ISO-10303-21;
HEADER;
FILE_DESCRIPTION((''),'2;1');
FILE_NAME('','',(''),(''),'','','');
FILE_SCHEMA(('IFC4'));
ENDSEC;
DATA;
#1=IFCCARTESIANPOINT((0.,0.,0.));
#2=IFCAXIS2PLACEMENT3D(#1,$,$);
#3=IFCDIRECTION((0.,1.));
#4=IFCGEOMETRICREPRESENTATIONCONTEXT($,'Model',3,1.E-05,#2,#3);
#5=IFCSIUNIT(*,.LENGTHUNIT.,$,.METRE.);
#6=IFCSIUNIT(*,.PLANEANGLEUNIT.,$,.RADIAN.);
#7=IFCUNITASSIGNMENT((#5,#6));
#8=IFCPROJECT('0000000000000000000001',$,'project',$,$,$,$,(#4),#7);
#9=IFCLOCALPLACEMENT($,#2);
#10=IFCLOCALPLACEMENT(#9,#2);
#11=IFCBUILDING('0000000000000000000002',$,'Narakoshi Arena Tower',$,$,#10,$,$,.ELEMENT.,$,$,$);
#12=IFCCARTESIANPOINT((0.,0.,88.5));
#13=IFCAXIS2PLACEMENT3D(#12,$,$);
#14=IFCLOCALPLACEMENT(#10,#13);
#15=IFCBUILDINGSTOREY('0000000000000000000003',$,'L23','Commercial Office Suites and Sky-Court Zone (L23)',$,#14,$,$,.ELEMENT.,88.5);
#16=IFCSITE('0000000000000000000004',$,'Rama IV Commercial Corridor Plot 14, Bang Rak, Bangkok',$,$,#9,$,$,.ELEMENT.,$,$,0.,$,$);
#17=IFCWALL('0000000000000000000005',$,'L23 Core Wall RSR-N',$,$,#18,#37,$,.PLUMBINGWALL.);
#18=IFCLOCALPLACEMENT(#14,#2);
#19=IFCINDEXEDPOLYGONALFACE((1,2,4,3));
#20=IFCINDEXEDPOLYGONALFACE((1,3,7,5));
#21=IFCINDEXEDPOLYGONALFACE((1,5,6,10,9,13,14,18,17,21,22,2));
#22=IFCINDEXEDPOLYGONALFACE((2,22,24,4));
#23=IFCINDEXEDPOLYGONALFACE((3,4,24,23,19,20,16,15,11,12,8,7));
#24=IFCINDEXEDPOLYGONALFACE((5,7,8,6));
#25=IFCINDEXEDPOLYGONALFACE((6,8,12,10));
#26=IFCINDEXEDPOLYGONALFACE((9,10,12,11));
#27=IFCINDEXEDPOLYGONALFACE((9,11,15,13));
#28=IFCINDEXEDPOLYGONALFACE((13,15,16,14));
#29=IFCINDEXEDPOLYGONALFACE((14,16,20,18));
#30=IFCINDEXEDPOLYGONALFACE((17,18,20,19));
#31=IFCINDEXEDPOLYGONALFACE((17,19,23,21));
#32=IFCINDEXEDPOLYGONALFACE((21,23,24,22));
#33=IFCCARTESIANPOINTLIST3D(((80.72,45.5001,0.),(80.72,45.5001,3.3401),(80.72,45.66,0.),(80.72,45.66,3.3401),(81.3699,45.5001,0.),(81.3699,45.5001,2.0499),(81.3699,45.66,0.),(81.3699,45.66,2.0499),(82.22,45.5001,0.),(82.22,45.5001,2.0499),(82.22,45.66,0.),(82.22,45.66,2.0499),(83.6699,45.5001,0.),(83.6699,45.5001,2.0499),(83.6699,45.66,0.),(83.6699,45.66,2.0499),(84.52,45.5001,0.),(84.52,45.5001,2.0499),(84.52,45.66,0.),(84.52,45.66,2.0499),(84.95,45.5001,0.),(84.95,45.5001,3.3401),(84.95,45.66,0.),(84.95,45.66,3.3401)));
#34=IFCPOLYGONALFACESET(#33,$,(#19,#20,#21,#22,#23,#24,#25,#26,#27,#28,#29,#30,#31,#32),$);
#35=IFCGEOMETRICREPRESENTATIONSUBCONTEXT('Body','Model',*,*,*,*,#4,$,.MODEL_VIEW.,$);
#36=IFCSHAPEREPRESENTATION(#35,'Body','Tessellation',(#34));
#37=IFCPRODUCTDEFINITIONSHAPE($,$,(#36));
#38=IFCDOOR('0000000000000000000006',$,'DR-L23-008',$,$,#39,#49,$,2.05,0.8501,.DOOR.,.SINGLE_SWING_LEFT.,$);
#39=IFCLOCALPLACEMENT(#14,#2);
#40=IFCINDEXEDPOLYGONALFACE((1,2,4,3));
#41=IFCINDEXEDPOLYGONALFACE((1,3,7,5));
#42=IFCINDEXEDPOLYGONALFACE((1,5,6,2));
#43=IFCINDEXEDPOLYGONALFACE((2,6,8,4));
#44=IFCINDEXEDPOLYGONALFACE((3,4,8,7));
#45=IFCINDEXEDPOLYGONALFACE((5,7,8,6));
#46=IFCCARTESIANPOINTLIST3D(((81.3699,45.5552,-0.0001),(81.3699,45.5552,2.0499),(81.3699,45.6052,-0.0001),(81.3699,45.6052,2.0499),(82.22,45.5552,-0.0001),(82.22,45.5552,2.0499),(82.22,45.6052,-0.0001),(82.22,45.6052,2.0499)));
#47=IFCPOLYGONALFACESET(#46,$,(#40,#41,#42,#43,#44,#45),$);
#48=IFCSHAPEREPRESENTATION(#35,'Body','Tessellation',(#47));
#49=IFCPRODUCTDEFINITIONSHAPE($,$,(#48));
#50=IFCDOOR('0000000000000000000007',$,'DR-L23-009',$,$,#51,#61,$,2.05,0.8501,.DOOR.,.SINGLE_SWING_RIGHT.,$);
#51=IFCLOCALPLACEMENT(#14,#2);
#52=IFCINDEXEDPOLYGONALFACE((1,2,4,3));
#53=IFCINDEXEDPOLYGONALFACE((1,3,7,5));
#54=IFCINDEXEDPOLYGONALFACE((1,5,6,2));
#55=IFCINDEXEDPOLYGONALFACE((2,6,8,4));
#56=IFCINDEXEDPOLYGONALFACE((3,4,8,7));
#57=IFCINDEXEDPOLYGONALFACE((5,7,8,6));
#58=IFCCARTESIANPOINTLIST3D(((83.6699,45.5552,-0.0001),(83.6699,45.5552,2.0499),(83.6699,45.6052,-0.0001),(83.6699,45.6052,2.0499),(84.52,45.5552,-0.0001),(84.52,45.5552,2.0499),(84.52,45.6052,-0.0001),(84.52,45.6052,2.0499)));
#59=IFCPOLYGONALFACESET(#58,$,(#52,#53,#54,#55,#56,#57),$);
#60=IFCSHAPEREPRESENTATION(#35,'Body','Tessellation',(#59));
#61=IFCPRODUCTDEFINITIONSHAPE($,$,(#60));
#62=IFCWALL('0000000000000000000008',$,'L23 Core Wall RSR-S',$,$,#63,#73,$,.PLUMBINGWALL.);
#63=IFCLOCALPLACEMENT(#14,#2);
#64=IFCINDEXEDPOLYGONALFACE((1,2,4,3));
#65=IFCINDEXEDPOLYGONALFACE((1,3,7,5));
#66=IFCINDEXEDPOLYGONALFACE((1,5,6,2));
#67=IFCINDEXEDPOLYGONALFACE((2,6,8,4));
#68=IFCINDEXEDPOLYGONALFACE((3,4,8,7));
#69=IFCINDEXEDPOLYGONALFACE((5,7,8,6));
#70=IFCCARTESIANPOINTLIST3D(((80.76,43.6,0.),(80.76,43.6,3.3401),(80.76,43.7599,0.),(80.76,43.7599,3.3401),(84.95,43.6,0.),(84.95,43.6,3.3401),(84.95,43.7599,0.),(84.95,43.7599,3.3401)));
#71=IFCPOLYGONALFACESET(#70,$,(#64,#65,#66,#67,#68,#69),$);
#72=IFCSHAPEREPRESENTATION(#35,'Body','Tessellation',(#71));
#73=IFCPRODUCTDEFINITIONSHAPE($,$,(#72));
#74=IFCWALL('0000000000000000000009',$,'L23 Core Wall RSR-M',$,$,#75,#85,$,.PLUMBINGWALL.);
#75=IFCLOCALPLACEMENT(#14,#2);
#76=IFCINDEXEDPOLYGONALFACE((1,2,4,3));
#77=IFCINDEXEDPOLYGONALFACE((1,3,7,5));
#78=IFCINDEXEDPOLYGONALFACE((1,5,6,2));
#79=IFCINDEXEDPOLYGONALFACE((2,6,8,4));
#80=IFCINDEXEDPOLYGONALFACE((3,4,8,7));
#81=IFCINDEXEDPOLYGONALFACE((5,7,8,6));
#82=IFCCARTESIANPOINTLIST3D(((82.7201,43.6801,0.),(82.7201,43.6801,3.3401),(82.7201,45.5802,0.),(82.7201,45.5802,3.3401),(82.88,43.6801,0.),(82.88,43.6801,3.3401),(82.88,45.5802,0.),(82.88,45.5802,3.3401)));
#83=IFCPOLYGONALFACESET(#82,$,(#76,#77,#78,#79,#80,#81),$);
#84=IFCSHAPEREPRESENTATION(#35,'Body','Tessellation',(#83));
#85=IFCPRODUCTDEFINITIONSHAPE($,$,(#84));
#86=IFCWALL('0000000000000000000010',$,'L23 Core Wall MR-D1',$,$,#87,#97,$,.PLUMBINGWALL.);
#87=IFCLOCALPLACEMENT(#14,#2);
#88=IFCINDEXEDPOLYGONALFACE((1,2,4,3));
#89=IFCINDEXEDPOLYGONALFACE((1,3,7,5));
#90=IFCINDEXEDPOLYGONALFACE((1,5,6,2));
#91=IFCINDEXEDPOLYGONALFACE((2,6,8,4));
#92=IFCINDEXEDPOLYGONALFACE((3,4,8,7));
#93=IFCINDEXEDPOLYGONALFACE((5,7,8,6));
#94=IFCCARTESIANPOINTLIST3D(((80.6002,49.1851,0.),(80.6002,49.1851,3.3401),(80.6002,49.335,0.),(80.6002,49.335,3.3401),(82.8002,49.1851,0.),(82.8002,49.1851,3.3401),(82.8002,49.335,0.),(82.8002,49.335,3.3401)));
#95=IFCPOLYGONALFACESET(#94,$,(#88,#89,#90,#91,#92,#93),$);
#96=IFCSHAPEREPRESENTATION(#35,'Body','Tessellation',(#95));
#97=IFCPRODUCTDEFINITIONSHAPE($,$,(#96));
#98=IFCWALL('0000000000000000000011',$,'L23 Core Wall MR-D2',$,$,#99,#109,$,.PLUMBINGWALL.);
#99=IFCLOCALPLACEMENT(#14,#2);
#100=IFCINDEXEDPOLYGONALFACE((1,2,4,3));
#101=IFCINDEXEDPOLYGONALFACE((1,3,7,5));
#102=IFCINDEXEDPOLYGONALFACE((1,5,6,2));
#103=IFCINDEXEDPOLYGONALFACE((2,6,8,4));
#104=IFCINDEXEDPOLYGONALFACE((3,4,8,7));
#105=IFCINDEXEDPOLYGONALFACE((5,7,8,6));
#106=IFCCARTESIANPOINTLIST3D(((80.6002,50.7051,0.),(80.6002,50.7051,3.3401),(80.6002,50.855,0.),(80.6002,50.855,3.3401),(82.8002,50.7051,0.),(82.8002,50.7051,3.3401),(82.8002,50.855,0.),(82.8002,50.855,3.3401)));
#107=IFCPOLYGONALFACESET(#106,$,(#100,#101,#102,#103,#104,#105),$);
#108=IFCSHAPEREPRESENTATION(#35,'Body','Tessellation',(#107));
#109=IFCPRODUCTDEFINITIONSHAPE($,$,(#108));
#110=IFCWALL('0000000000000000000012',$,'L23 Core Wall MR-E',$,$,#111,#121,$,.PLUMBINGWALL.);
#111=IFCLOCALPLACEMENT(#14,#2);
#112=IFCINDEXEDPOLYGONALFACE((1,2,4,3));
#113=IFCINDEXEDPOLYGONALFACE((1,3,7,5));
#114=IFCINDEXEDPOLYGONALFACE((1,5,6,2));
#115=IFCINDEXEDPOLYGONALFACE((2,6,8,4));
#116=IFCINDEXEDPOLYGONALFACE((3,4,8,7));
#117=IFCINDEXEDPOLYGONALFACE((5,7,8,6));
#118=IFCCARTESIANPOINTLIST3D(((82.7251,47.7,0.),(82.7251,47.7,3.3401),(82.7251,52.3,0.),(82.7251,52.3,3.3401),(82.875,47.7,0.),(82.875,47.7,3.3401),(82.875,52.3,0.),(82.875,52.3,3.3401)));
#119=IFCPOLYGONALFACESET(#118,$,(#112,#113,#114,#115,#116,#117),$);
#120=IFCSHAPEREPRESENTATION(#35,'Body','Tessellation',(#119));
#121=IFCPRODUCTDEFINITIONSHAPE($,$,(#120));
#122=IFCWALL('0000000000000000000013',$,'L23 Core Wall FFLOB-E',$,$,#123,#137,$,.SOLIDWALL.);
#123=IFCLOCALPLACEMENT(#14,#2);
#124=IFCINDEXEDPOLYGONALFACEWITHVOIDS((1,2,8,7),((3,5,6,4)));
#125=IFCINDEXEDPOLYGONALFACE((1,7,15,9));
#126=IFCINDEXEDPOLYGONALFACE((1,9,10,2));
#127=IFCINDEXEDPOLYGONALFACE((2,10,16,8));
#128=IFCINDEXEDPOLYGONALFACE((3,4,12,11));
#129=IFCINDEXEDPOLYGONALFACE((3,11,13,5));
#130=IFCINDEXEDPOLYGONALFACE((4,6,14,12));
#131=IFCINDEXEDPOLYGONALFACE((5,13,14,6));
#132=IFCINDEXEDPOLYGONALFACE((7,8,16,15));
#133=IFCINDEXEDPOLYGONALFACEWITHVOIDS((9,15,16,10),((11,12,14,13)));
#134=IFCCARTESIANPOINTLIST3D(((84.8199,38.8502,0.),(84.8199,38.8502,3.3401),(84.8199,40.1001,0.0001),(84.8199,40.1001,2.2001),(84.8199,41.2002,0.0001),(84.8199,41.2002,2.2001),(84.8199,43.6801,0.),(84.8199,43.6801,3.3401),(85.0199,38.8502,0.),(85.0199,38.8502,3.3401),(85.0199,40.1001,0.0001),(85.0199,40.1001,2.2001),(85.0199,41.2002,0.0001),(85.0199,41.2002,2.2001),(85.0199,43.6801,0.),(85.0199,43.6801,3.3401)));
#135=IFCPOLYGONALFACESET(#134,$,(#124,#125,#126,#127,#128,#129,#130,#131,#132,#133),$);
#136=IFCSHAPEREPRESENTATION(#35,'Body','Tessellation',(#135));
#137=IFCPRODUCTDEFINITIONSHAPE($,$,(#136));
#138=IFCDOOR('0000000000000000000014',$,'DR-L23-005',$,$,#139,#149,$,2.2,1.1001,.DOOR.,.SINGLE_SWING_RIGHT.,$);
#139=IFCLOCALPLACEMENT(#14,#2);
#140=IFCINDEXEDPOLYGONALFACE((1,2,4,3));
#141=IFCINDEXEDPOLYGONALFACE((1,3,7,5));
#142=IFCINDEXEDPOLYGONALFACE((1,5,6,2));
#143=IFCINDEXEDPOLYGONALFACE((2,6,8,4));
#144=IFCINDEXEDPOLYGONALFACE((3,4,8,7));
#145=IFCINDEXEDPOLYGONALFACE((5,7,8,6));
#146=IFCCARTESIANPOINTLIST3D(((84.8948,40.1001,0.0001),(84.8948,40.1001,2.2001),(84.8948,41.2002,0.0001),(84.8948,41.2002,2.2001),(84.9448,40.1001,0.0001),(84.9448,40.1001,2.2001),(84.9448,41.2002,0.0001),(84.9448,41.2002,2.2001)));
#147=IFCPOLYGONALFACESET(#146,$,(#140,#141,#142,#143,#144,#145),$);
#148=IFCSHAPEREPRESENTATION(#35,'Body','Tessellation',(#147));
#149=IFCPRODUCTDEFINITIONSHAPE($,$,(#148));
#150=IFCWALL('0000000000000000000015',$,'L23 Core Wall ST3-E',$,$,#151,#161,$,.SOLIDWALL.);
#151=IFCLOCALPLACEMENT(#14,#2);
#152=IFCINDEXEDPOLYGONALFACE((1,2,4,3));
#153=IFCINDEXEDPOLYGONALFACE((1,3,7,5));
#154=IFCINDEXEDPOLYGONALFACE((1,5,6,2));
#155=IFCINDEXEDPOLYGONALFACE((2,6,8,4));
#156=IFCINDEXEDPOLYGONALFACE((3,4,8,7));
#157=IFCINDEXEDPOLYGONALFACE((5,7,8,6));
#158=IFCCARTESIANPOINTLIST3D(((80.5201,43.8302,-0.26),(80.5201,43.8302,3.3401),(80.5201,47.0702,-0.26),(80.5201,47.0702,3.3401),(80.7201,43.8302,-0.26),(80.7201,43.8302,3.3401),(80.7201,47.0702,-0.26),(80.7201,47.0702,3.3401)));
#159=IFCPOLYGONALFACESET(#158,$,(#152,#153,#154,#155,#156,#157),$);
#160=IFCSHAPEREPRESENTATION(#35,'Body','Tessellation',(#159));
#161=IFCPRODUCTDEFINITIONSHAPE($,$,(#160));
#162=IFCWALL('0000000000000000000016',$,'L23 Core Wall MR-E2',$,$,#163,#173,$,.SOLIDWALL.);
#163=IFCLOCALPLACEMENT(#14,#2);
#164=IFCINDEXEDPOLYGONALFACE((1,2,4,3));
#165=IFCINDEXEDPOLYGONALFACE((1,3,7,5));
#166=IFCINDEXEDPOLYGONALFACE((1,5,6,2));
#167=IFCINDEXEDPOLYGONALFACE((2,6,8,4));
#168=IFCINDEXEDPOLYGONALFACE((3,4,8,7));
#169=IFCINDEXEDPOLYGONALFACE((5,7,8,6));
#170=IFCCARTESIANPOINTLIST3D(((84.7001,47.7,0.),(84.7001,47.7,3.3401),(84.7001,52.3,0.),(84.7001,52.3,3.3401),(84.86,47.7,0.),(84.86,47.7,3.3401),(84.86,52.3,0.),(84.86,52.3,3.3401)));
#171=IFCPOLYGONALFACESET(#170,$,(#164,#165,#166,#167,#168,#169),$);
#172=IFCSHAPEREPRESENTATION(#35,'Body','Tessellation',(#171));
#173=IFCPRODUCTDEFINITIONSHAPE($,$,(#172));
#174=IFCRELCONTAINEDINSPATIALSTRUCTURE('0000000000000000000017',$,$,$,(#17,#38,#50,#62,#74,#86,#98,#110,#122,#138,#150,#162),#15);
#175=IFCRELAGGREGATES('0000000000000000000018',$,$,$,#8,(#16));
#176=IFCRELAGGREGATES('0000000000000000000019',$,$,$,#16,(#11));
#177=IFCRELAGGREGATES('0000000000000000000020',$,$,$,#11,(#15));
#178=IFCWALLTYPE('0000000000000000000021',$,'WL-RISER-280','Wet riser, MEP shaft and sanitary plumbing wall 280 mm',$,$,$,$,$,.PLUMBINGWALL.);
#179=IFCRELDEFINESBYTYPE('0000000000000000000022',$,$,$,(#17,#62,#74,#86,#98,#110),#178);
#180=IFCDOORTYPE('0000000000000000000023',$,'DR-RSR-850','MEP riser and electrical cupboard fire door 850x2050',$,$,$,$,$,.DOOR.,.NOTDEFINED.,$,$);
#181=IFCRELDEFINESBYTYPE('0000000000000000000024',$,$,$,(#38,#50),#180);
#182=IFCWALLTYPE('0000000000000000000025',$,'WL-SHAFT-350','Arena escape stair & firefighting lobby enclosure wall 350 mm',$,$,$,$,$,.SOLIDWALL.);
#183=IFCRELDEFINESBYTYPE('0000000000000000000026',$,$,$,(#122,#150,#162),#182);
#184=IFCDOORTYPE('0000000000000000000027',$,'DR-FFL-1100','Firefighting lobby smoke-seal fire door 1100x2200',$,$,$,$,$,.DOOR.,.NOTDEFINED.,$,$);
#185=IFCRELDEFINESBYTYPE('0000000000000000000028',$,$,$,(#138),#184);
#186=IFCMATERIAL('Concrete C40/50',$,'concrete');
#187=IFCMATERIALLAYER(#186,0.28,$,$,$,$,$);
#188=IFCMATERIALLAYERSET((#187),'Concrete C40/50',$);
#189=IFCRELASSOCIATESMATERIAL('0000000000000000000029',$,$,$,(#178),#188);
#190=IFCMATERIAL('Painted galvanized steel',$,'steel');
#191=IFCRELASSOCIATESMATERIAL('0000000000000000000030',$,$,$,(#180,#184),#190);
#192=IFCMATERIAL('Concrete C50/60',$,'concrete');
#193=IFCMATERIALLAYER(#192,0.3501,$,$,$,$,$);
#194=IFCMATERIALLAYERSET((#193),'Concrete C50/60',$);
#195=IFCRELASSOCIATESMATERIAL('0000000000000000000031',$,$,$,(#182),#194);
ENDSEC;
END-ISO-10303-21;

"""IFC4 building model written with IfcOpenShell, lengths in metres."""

from ifc_helpers import new_model, si_unit, direction, frame, frame_2d, origin, place, context, subcontext, project, spatial, rectangle, extrude, material, layer, layer_set, type_object, element, fill, save


model = new_model("IFC4")

# Units and contexts
model_context = context("Model", 3, precision=1e-05, world=origin(), true_north=direction((0.0, 1.0)))
body_context = subcontext(model_context, "Body", "Model", "MODEL_VIEW")
ifc_project = project(units=[si_unit("LENGTHUNIT", "METRE"), si_unit("PLANEANGLEUNIT", "RADIAN")], contexts=[model_context])

# Site, building, storey
site_placement = place(None, origin())
site = spatial("IfcSite", under=ifc_project, at=site_placement, Name="Rama IV Commercial Corridor Plot 14, Bang Rak, Bangkok", CompositionType="ELEMENT", RefElevation=0.0)
building_placement = place(site_placement, origin())
building = spatial("IfcBuilding", under=site, at=building_placement, Name="Narakoshi Arena Tower", CompositionType="ELEMENT")
storey_placement = place(building_placement, frame((0.0, 0.0, 88.5)))
storey = spatial("IfcBuildingStorey", under=building, at=storey_placement, Name="L23", Description="Commercial Office Suites and Sky-Court Zone (L23)", CompositionType="ELEMENT", Elevation=88.5)

# Shared definitions
ifc_material_1 = material(Name="Concrete C40/50", Category="concrete")
ifc_layer_1 = layer(ifc_material_1, 0.28)
ifc_layer_set_1 = layer_set([ifc_layer_1], Name="Concrete C40/50")
wall_type_1 = type_object("IfcWallType", Name="WL-RISER-280", Description="Wet riser, MEP shaft and sanitary plumbing wall 280 mm", PredefinedType="PLUMBINGWALL", material=ifc_layer_set_1)

# Wall, openings, doors
wall_1_placement = place(storey_placement, frame((80.72, 45.5801, 0.0), z_axis=(0.0, 0.0, 1.0), x_axis=(1.0, 0.0, 0.0)))
wall_1 = element("IfcWall", 1, at=wall_1_placement, inside=storey, type_object=wall_type_1, Name="L23 Core Wall RSR-N", PredefinedType="PLUMBINGWALL", context=body_context, shape_type="SweptSolid", body=[
    extrude(rectangle(XDim=4.23, YDim=0.1599, at=frame_2d((2.115, 0.0))), origin(), (0.0, 0.0, 1.0), 3.3401),
])
opening_1_placement = place(wall_1_placement, frame((0.6499, 0.0, 0.0)))
opening_1 = element("IfcOpeningElement", 2, at=opening_1_placement, cuts=wall_1, PredefinedType="OPENING", context=body_context, shape_type="SweptSolid", body=[
    extrude(rectangle(XDim=0.8501, YDim=2.05, at=frame_2d((0.425, 1.0249))), frame((0.0, 0.0898, 0.0), z_axis=(0.0, -1.0, 0.0), x_axis=(1.0, 0.0, 0.0)), (0.0, 0.0, 1.0), 0.1799),
])
opening_2_placement = place(wall_1_placement, frame((2.95, 0.0, 0.0)))
opening_2 = element("IfcOpeningElement", 3, at=opening_2_placement, cuts=wall_1, PredefinedType="OPENING", context=body_context, shape_type="SweptSolid", body=[
    extrude(rectangle(XDim=0.8501, YDim=2.05, at=frame_2d((0.425, 1.0249))), frame((0.0, 0.0898, 0.0), z_axis=(0.0, -1.0, 0.0), x_axis=(1.0, 0.0, 0.0)), (0.0, 0.0, 1.0), 0.1799),
])
ifc_material_2 = material(Name="Painted galvanized steel", Category="steel")
door_type_1 = type_object("IfcDoorType", Name="DR-RSR-850", Description="MEP riser and electrical cupboard fire door 850x2050", OperationType="NOTDEFINED", PredefinedType="DOOR", material=ifc_material_2)
door_1_placement = place(opening_1_placement, frame((0.8501, 0.0, 0.0), z_axis=(0.0, 0.0, 1.0), x_axis=(-1.0, 0.0, 0.0)))
door_1 = element("IfcDoor", 4, at=door_1_placement, inside=storey, type_object=door_type_1, Name="DR-L23-008", OperationType="SINGLE_SWING_LEFT", OverallHeight=2.05, OverallWidth=0.8501, PredefinedType="DOOR", context=body_context, shape_type="SweptSolid", body=[
    extrude(rectangle(XDim=0.8501, YDim=2.05, at=frame_2d((0.425, 1.0249))), frame((0.0, 0.0249, 0.0), z_axis=(0.0, -1.0, 0.0), x_axis=(1.0, 0.0, 0.0)), (0.0, 0.0, 1.0), 0.05),
])
fill(opening_1, door_1)
door_2_placement = place(opening_2_placement, frame((0.8501, 0.0, 0.0), z_axis=(0.0, 0.0, 1.0), x_axis=(-1.0, 0.0, 0.0)))
door_2 = element("IfcDoor", 5, at=door_2_placement, inside=storey, type_object=door_type_1, Name="DR-L23-009", OperationType="SINGLE_SWING_RIGHT", OverallHeight=2.05, OverallWidth=0.8501, PredefinedType="DOOR", context=body_context, shape_type="SweptSolid", body=[
    extrude(rectangle(XDim=0.8501, YDim=2.05, at=frame_2d((0.425, 1.0249))), frame((0.0, 0.0249, 0.0), z_axis=(0.0, -1.0, 0.0), x_axis=(1.0, 0.0, 0.0)), (0.0, 0.0, 1.0), 0.05),
])
fill(opening_2, door_2)

# Walls
wall_2_placement = place(storey_placement, frame((80.76, 43.6799, 0.0), z_axis=(0.0, 0.0, 1.0), x_axis=(1.0, 0.0, 0.0)))
element("IfcWall", 6, at=wall_2_placement, inside=storey, type_object=wall_type_1, Name="L23 Core Wall RSR-S", PredefinedType="PLUMBINGWALL", context=body_context, shape_type="SweptSolid", body=[
    extrude(rectangle(XDim=4.1899, YDim=0.1599, at=frame_2d((2.095, 0.0))), origin(), (0.0, 0.0, 1.0), 3.3401),
])
wall_3_placement = place(storey_placement, frame((82.8, 43.6799, 0.0), z_axis=(0.0, 0.0, 1.0), x_axis=(0.0, 1.0, 0.0)))
element("IfcWall", 7, at=wall_3_placement, inside=storey, type_object=wall_type_1, Name="L23 Core Wall RSR-M", PredefinedType="PLUMBINGWALL", context=body_context, shape_type="SweptSolid", body=[
    extrude(rectangle(XDim=1.9001, YDim=0.1599, at=frame_2d((0.9502, 0.0))), origin(), (0.0, 0.0, 1.0), 3.3401),
])
for number, where, z_axis, x_axis, name in (
    (8, (80.6001, 49.26, 0.0), (0.0, 0.0, 1.0), (1.0, 0.0, 0.0), "L23 Core Wall MR-D1"),
    (9, (80.6001, 50.78, 0.0), (0.0, 0.0, 1.0), (1.0, 0.0, 0.0), "L23 Core Wall MR-D2"),
):
    element("IfcWall", number, at=place(storey_placement, frame(where, z_axis=z_axis, x_axis=x_axis)), inside=storey, type_object=wall_type_1, Name=name, PredefinedType="PLUMBINGWALL", context=body_context, shape_type="SweptSolid", body=[
        extrude(rectangle(XDim=2.2, YDim=0.1499, at=frame_2d((1.1001, 0.0))), origin(), (0.0, 0.0, 1.0), 3.3401),
    ])
wall_4_placement = place(storey_placement, frame((82.8, 47.7, 0.0), z_axis=(0.0, 0.0, 1.0), x_axis=(0.0, 1.0, 0.0)))
element("IfcWall", 10, at=wall_4_placement, inside=storey, type_object=wall_type_1, Name="L23 Core Wall MR-E", PredefinedType="PLUMBINGWALL", context=body_context, shape_type="SweptSolid", body=[
    extrude(rectangle(XDim=4.6001, YDim=0.1499, at=frame_2d((2.3, 0.0))), origin(), (0.0, 0.0, 1.0), 3.3401),
])

# Wall, opening, door
ifc_material_3 = material(Name="Concrete C50/60", Category="concrete")
ifc_layer_2 = layer(ifc_material_3, 0.3501)
ifc_layer_set_2 = layer_set([ifc_layer_2], Name="Concrete C50/60")
wall_type_2 = type_object("IfcWallType", Name="WL-SHAFT-350", Description="Arena escape stair & firefighting lobby enclosure wall 350 mm", PredefinedType="SOLIDWALL", material=ifc_layer_set_2)
wall_5_placement = place(storey_placement, frame((84.9199, 38.8501, 0.0), z_axis=(0.0, 0.0, 1.0), x_axis=(0.0, 1.0, 0.0)))
wall_5 = element("IfcWall", 11, at=wall_5_placement, inside=storey, type_object=wall_type_2, Name="L23 Core Wall FFLOB-E", PredefinedType="SOLIDWALL", context=body_context, shape_type="SweptSolid", body=[
    extrude(rectangle(XDim=4.8298, YDim=0.2, at=frame_2d((2.415, 0.0))), origin(), (0.0, 0.0, 1.0), 3.3401),
])
opening_3_placement = place(wall_5_placement, frame((1.25, 0.0, 0.0)))
opening_3 = element("IfcOpeningElement", 12, at=opening_3_placement, cuts=wall_5, PredefinedType="OPENING", context=body_context, shape_type="SweptSolid", body=[
    extrude(rectangle(XDim=1.1001, YDim=2.2, at=frame_2d((0.55, 1.1001))), frame((0.0, 0.1099, 0.0), z_axis=(0.0, -1.0, 0.0), x_axis=(1.0, 0.0, 0.0)), (0.0, 0.0, 1.0), 0.22),
])
door_type_2 = type_object("IfcDoorType", Name="DR-FFL-1100", Description="Firefighting lobby smoke-seal fire door 1100x2200", OperationType="NOTDEFINED", PredefinedType="DOOR", material=ifc_material_2)
door_3_placement = place(opening_3_placement, frame((1.1001, 0.0, 0.0), z_axis=(0.0, 0.0, 1.0), x_axis=(-1.0, 0.0, 0.0)))
door_3 = element("IfcDoor", 13, at=door_3_placement, inside=storey, type_object=door_type_2, Name="DR-L23-005", OperationType="SINGLE_SWING_RIGHT", OverallHeight=2.2, OverallWidth=1.1001, PredefinedType="DOOR", context=body_context, shape_type="SweptSolid", body=[
    extrude(rectangle(XDim=1.1001, YDim=2.2, at=frame_2d((0.55, 1.1001))), frame((0.0, 0.0249, 0.0), z_axis=(0.0, -1.0, 0.0), x_axis=(1.0, 0.0, 0.0)), (0.0, 0.0, 1.0), 0.05),
])
fill(opening_3, door_3)

# Walls
wall_6_placement = place(storey_placement, frame((80.6201, 43.8301, -0.26), z_axis=(0.0, 0.0, 1.0), x_axis=(0.0, 1.0, 0.0)))
element("IfcWall", 14, at=wall_6_placement, inside=storey, type_object=wall_type_2, Name="L23 Core Wall ST3-E", PredefinedType="SOLIDWALL", context=body_context, shape_type="SweptSolid", body=[
    extrude(rectangle(XDim=3.24, YDim=0.2, at=frame_2d((1.6201, 0.0))), origin(), (0.0, 0.0, 1.0), 3.6001),
])
wall_7_placement = place(storey_placement, frame((84.78, 47.7, 0.0), z_axis=(0.0, 0.0, 1.0), x_axis=(0.0, 1.0, 0.0)))
element("IfcWall", 15, at=wall_7_placement, inside=storey, type_object=wall_type_2, Name="L23 Core Wall MR-E2", PredefinedType="SOLIDWALL", context=body_context, shape_type="SweptSolid", body=[
    extrude(rectangle(XDim=4.6001, YDim=0.1599, at=frame_2d((2.3, 0.0))), origin(), (0.0, 0.0, 1.0), 3.3401),
])

save(model, "model.ifc")
